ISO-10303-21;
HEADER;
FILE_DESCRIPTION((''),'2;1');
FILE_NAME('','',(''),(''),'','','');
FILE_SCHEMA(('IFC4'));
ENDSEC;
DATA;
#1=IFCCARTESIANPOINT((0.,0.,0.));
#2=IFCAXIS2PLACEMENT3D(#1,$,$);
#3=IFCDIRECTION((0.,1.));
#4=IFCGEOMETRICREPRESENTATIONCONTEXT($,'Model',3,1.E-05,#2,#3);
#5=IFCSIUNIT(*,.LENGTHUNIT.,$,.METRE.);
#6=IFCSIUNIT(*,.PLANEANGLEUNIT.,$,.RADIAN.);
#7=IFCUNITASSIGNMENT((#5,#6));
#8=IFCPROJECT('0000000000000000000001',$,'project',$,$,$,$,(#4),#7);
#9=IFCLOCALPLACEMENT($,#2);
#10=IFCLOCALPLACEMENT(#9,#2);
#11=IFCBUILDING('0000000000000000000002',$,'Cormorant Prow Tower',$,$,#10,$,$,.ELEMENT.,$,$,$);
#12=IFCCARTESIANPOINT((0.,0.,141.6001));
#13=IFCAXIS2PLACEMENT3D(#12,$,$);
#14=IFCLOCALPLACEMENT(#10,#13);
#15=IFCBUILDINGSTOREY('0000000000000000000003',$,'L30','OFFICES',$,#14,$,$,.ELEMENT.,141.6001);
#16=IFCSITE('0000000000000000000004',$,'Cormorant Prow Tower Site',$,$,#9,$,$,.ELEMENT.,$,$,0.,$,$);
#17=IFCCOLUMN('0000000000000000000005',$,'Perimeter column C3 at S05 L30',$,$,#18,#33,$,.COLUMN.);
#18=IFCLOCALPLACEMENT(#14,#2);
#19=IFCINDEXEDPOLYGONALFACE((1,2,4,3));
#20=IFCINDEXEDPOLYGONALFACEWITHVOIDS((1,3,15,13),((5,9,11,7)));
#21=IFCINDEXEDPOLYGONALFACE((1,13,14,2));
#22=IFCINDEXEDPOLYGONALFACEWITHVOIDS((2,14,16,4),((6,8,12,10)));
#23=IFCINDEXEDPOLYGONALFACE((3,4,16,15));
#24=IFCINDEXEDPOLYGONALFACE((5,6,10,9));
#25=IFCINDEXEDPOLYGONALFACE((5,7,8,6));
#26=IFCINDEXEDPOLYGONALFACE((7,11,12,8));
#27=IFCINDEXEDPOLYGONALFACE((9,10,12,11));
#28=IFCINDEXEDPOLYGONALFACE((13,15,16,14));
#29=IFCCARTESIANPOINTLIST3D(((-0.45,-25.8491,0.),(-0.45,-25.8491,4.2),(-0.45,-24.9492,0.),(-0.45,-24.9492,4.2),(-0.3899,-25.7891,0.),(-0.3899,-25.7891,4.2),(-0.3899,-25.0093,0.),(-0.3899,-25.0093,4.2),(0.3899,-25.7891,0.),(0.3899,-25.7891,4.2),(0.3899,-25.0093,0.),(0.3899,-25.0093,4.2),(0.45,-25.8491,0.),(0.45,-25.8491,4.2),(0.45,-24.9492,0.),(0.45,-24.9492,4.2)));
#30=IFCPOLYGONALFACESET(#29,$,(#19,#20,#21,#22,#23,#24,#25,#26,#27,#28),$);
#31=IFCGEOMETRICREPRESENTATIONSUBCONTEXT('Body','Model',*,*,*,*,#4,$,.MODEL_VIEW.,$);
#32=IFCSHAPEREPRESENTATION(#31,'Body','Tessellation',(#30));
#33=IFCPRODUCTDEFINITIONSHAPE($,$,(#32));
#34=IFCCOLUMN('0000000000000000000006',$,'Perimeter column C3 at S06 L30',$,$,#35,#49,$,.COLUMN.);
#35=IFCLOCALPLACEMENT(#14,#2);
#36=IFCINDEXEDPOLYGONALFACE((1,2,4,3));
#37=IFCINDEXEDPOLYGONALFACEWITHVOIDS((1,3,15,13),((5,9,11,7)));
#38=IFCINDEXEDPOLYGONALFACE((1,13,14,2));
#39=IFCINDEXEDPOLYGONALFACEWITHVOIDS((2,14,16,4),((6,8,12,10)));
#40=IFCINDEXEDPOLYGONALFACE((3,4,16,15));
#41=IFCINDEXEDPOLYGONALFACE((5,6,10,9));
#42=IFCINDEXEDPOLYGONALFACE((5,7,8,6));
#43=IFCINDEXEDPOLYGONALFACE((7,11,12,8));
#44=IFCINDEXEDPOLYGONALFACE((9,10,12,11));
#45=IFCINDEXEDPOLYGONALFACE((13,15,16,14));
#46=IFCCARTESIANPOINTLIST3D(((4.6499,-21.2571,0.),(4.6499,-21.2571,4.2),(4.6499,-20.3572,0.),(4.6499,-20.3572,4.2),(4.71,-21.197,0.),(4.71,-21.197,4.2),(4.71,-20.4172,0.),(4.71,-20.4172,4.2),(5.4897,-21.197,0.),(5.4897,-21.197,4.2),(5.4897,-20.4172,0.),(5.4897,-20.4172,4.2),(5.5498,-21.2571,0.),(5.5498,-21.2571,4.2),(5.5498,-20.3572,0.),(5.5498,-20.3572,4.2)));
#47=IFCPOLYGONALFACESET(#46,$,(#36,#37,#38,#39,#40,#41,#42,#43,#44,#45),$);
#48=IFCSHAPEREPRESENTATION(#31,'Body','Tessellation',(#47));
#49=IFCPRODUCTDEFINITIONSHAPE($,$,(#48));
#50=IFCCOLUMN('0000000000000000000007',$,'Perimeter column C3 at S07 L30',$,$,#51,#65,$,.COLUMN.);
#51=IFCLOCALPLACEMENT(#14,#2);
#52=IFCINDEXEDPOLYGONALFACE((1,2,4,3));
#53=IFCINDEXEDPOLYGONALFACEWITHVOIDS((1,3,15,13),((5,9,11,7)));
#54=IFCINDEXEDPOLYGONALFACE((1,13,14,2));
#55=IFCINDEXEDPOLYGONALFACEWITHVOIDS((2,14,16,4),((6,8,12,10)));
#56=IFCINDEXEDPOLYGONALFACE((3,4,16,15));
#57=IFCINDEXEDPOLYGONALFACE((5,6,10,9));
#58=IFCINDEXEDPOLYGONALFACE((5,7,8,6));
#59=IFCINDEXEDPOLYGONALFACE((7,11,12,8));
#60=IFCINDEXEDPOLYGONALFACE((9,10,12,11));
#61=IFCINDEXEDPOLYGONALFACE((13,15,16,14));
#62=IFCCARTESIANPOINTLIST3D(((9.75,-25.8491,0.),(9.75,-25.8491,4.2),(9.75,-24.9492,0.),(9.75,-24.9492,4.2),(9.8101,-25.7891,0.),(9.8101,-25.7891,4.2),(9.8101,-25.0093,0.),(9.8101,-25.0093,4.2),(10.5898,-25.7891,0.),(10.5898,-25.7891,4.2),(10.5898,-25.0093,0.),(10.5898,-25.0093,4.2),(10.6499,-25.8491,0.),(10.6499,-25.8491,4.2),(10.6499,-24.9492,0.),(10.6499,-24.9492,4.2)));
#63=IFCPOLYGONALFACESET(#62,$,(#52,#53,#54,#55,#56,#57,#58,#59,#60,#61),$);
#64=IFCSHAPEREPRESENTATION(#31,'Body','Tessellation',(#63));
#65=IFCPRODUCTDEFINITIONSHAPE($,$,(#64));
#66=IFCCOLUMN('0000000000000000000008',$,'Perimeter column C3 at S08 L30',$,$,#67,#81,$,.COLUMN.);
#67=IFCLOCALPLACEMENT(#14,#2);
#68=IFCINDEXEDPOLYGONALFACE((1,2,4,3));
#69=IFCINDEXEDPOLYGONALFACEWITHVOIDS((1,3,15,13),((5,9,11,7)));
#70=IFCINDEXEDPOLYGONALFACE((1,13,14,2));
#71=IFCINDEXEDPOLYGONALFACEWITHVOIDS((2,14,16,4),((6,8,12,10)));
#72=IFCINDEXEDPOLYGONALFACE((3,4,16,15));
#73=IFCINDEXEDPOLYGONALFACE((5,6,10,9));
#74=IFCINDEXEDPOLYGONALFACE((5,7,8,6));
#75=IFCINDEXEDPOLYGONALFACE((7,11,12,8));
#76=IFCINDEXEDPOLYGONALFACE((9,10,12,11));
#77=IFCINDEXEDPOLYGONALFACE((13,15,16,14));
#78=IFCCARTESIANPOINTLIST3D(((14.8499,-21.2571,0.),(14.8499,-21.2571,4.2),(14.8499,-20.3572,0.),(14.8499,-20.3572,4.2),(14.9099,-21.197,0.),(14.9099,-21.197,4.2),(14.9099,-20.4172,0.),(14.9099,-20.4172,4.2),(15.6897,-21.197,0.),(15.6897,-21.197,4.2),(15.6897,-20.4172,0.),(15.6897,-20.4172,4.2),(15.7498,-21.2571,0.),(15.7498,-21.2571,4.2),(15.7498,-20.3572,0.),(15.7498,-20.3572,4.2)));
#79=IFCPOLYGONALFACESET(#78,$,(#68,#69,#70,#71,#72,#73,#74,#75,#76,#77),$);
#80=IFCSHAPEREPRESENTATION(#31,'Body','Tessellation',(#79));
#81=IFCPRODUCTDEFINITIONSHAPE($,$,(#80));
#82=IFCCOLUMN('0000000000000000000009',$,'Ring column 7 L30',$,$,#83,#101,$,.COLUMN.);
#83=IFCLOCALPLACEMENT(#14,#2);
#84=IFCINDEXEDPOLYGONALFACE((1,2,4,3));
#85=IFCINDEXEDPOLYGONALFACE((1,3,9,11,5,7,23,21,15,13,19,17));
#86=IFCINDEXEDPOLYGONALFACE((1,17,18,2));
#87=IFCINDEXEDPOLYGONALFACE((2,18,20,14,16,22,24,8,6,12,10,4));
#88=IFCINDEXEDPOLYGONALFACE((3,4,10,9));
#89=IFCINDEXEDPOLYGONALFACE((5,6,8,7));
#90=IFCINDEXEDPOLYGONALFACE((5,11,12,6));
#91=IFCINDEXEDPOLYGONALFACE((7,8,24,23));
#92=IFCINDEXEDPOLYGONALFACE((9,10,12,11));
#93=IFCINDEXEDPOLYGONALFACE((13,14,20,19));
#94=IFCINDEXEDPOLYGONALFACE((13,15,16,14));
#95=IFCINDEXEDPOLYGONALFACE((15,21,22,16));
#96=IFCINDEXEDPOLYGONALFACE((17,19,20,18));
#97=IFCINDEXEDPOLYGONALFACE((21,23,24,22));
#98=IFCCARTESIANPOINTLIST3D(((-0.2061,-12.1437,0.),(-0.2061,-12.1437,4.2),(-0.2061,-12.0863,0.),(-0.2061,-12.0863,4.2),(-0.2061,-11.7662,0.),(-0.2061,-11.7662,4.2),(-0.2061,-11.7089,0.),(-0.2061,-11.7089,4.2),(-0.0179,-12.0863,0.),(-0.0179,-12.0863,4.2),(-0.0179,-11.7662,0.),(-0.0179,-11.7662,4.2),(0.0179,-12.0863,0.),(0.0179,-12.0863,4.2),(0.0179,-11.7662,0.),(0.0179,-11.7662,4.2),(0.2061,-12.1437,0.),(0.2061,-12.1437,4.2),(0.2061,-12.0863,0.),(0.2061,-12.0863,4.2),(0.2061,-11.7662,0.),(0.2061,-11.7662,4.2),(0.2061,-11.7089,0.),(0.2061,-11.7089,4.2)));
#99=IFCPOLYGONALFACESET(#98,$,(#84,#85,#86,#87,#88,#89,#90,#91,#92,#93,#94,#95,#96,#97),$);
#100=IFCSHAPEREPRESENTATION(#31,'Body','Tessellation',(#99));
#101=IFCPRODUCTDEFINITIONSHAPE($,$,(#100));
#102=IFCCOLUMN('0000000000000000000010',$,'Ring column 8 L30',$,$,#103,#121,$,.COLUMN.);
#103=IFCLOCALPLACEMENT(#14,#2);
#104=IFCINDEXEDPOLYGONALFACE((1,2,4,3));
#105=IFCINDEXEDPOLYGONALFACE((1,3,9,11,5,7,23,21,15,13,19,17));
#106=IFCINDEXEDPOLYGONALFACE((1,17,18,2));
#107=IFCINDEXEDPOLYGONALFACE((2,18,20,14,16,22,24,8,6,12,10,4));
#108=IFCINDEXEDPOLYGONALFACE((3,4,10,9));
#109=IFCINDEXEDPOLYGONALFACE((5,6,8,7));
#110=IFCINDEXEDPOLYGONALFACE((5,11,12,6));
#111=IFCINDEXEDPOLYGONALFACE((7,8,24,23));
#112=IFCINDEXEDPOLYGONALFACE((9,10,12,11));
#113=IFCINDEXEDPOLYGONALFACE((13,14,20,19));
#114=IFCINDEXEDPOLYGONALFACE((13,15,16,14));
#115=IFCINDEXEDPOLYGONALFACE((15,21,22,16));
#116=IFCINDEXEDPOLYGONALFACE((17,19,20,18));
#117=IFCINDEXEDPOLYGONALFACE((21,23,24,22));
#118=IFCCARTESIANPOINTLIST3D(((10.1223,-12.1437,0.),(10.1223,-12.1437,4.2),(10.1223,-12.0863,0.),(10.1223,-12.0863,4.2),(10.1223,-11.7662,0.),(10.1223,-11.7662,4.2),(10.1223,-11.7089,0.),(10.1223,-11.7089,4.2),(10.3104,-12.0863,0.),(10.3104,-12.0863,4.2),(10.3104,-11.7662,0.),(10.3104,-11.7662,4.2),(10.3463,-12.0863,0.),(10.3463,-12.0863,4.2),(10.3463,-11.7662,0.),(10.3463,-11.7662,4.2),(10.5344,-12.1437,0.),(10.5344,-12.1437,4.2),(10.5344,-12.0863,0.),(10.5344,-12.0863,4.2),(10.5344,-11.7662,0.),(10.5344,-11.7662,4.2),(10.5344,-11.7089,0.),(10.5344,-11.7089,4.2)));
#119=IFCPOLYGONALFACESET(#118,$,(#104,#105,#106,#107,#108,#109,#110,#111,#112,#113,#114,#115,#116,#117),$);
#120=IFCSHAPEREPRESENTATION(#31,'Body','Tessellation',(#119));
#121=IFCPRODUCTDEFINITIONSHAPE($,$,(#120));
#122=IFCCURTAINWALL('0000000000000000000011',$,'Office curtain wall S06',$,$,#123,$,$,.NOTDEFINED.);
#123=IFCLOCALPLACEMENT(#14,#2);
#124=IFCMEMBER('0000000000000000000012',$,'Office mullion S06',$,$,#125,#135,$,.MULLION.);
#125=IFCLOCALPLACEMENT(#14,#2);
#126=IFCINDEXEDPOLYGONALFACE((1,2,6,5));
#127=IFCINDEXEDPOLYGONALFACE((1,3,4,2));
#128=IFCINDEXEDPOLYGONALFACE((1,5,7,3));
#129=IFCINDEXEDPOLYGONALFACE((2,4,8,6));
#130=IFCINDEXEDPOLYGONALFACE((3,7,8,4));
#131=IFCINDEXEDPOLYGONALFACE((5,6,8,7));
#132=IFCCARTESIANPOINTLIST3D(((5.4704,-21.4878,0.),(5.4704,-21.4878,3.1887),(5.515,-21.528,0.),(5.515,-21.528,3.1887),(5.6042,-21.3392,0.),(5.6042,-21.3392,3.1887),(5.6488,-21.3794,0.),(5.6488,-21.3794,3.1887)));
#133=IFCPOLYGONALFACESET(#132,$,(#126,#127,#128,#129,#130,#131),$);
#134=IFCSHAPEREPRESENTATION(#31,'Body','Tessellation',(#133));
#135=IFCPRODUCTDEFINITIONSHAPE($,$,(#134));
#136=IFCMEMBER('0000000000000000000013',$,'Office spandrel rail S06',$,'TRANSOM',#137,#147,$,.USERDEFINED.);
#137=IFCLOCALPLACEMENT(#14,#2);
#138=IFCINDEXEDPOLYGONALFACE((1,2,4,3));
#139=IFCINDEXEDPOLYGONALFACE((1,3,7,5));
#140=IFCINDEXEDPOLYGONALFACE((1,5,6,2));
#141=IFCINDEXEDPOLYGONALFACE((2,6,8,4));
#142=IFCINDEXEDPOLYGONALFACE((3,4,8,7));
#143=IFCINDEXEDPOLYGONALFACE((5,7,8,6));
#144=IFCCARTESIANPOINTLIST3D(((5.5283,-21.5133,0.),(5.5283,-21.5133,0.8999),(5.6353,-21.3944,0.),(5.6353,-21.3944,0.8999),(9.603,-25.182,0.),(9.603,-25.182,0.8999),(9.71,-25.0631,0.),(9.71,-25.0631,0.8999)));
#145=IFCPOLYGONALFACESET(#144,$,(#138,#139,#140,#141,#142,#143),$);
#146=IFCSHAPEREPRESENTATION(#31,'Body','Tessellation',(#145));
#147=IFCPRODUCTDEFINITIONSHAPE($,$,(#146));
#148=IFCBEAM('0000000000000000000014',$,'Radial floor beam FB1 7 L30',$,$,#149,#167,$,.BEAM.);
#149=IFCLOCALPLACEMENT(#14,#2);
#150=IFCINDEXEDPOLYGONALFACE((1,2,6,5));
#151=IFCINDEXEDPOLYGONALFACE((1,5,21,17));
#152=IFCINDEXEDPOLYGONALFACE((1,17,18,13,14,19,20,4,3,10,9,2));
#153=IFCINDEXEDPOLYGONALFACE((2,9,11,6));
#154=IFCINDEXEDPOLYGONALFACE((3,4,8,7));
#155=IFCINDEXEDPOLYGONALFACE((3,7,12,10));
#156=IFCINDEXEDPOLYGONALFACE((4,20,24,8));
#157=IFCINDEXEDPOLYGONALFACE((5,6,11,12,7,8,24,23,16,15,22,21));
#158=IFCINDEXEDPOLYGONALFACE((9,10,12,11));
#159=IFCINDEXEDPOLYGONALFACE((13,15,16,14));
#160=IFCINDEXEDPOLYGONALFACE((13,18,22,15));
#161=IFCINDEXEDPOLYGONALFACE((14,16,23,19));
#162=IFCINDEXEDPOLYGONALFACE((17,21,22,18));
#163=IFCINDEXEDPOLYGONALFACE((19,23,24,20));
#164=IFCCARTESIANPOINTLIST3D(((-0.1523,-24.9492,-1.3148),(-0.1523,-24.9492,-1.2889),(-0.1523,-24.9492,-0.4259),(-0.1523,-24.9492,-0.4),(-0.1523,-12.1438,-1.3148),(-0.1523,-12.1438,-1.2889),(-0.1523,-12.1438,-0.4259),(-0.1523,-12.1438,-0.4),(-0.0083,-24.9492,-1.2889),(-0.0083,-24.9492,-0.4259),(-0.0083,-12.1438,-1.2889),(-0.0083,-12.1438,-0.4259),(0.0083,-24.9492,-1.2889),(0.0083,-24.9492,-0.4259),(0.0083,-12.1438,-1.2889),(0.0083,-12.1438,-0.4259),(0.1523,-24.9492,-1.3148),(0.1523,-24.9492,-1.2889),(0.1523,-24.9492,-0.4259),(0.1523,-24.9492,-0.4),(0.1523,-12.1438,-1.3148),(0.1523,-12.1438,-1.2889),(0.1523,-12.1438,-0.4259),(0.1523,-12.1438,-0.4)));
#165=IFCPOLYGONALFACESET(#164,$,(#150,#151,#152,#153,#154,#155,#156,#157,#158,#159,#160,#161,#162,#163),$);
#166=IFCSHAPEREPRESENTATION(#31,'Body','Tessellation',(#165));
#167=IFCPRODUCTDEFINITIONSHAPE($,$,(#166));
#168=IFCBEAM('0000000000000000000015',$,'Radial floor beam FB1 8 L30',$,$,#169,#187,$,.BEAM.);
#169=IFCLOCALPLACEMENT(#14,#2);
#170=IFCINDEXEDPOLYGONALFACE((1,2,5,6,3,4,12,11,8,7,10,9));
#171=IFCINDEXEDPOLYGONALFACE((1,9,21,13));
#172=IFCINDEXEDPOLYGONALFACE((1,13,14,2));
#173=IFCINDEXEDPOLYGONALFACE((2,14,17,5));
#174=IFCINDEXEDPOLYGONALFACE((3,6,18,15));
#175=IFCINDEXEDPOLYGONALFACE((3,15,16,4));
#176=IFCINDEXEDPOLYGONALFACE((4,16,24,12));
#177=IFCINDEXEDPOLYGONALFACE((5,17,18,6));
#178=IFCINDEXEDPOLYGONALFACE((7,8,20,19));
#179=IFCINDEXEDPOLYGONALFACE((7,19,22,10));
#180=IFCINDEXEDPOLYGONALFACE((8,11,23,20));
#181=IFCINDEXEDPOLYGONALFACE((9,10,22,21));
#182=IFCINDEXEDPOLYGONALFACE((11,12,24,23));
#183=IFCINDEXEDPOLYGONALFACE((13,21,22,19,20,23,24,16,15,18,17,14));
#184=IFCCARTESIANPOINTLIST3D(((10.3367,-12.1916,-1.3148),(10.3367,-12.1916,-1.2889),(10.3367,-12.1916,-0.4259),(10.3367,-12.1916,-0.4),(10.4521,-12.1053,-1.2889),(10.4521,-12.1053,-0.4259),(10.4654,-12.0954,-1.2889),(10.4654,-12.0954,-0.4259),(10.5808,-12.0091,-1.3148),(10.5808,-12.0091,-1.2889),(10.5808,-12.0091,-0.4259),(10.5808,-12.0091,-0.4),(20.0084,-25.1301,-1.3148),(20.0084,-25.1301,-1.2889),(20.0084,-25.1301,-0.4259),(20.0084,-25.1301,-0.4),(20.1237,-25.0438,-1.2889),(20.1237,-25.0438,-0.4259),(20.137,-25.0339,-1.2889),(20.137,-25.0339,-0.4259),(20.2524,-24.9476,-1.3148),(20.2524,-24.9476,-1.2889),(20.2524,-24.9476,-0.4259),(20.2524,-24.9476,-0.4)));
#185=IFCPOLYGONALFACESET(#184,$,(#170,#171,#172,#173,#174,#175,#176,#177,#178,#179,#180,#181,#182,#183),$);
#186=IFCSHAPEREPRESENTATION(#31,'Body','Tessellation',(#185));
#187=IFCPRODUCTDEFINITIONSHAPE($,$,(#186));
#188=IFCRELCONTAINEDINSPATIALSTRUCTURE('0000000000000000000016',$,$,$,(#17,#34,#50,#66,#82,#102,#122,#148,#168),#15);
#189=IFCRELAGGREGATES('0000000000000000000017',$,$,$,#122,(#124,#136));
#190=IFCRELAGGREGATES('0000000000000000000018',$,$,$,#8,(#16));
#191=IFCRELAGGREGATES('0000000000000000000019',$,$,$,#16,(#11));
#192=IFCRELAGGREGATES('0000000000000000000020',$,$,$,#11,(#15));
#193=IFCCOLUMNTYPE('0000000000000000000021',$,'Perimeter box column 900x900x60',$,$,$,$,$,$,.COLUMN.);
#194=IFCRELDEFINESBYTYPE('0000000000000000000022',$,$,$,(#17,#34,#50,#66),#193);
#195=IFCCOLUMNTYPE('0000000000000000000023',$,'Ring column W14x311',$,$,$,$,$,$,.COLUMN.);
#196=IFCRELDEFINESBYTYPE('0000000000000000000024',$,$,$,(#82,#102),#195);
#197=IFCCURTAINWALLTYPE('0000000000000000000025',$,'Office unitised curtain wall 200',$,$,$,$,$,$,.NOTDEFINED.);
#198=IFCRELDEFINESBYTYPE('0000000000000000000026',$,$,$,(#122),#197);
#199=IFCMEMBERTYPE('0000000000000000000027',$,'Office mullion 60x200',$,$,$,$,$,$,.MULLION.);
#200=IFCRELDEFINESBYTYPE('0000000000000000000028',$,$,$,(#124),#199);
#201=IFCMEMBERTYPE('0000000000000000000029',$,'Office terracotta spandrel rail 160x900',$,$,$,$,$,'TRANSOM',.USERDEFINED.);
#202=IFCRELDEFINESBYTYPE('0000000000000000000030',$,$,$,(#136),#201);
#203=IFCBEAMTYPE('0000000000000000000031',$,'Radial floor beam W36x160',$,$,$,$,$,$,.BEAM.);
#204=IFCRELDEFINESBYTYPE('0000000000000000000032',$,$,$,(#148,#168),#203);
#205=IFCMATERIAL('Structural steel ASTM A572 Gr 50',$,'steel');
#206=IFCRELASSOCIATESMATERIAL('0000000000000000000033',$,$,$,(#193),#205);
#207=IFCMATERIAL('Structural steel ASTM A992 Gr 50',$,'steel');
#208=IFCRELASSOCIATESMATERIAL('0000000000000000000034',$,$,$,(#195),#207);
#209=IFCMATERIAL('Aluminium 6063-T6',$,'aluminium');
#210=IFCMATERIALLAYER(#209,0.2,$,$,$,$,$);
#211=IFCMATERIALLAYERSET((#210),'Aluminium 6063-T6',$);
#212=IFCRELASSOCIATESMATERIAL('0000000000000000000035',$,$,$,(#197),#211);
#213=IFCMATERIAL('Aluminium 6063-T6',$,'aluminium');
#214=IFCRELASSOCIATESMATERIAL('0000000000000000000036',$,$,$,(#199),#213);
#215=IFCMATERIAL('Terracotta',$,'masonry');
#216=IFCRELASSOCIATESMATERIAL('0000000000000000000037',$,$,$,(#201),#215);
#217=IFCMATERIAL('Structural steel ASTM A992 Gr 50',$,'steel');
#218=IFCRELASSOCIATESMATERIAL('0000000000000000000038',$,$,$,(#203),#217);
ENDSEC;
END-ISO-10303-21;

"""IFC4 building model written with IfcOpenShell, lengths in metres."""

from ifc_helpers import new_model, si_unit, direction, frame, origin, origin_2d, place, context, subcontext, project, spatial, rectangle, hollow_rectangle, i_section, extrude, material, layer, layer_set, material_profile, profile_set, type_object, element, aggregate, save


model = new_model("IFC4")

# Units and contexts
model_context = context("Model", 3, precision=1e-05, world=origin(), true_north=direction((0.0, 1.0)))
body_context = subcontext(model_context, "Body", "Model", "MODEL_VIEW")
ifc_project = project(units=[si_unit("LENGTHUNIT", "METRE"), si_unit("PLANEANGLEUNIT", "RADIAN")], contexts=[model_context])

# Site, building, storey
site_placement = place(None, origin())
site = spatial("IfcSite", under=ifc_project, at=site_placement, Name="Cormorant Prow Tower Site", CompositionType="ELEMENT", RefElevation=0.0)
building_placement = place(site_placement, origin())
building = spatial("IfcBuilding", under=site, at=building_placement, Name="Cormorant Prow Tower", CompositionType="ELEMENT")
storey_placement = place(building_placement, frame((0.0, 0.0, 141.6001)))
storey = spatial("IfcBuildingStorey", under=building, at=storey_placement, Name="L30", Description="OFFICES", CompositionType="ELEMENT", Elevation=141.6001)

# Columns
ifc_material_1 = material(Name="Structural steel ASTM A572 Gr 50", Category="steel")
ifc_material_profile_1 = material_profile(ifc_material_1, hollow_rectangle(XDim=0.8999, YDim=0.8999, WallThickness=0.0601, at=origin_2d()), Name="Box 900x900x60")
ifc_profile_set_1 = profile_set([ifc_material_profile_1], Name="Structural steel ASTM A572 Gr 50")
column_type_1 = type_object("IfcColumnType", Name="Perimeter box column 900x900x60", PredefinedType="COLUMN", material=ifc_profile_set_1)
for number, where, z_axis, x_axis, name in (
    (1, (0.0, -25.3992, 0.0), (0.0, 0.0, 1.0), (1.0, 0.0, 0.0), "Perimeter column C3 at S05 L30"),
    (2, (5.0999, -20.8071, 0.0), (0.0, 0.0, 1.0), (1.0, 0.0, 0.0), "Perimeter column C3 at S06 L30"),
    (3, (10.2, -25.3992, 0.0), (0.0, 0.0, 1.0), (1.0, 0.0, 0.0), "Perimeter column C3 at S07 L30"),
    (4, (15.2998, -20.8071, 0.0), (0.0, 0.0, 1.0), (1.0, 0.0, 0.0), "Perimeter column C3 at S08 L30"),
):
    element("IfcColumn", number, at=place(storey_placement, frame(where, z_axis=z_axis, x_axis=x_axis)), inside=storey, type_object=column_type_1, Name=name, PredefinedType="COLUMN", context=body_context, shape_type="SweptSolid", body=[
        extrude(hollow_rectangle(XDim=0.8999, YDim=0.8999, WallThickness=0.0601, at=origin_2d()), origin(), (0.0, 0.0, 1.0), 4.2),
    ])
ifc_material_2 = material(Name="Structural steel ASTM A992 Gr 50", Category="steel")
ifc_material_profile_2 = material_profile(ifc_material_2, i_section(OverallWidth=0.4121, OverallDepth=0.4348, WebThickness=0.0359, FlangeThickness=0.0574, at=origin_2d()), Name="W14x311")
ifc_profile_set_2 = profile_set([ifc_material_profile_2], Name="Structural steel ASTM A992 Gr 50")
column_type_2 = type_object("IfcColumnType", Name="Ring column W14x311", PredefinedType="COLUMN", material=ifc_profile_set_2)
for number, where, z_axis, x_axis, name in (
    (5, (0.0, -11.9263, 0.0), (0.0, 0.0, 1.0), (1.0, 0.0, 0.0), "Ring column 7 L30"),
    (6, (10.3284, -11.9263, 0.0), (0.0, 0.0, 1.0), (1.0, 0.0, 0.0), "Ring column 8 L30"),
):
    element("IfcColumn", number, at=place(storey_placement, frame(where, z_axis=z_axis, x_axis=x_axis)), inside=storey, type_object=column_type_2, Name=name, PredefinedType="COLUMN", context=body_context, shape_type="SweptSolid", body=[
        extrude(i_section(OverallWidth=0.4121, OverallDepth=0.4348, WebThickness=0.0359, FlangeThickness=0.0574, at=origin_2d()), origin(), (0.0, 0.0, 1.0), 4.2),
    ])

# Curtain wall, members
ifc_material_3 = material(Name="Aluminium 6063-T6", Category="aluminium")
ifc_layer_1 = layer(ifc_material_3, 0.2)
ifc_layer_set_1 = layer_set([ifc_layer_1], Name="Aluminium 6063-T6")
curtain_wall_type = type_object("IfcCurtainWallType", Name="Office unitised curtain wall 200", PredefinedType="NOTDEFINED", material=ifc_layer_set_1)
curtain_wall_placement = place(storey_placement, origin())
curtain_wall = element("IfcCurtainWall", 7, at=curtain_wall_placement, inside=storey, type_object=curtain_wall_type, Name="Office curtain wall S06", PredefinedType="NOTDEFINED")
ifc_material_4 = material(Name="Aluminium 6063-T6", Category="aluminium")
ifc_material_profile_3 = material_profile(ifc_material_4, rectangle(XDim=0.2, YDim=0.0601, at=origin_2d()), Name="Office mullion 60x200")
ifc_profile_set_3 = profile_set([ifc_material_profile_3], Name="Aluminium 6063-T6")
member_type_1 = type_object("IfcMemberType", Name="Office mullion 60x200", PredefinedType="MULLION", material=ifc_profile_set_3)
member_1_placement = place(storey_placement, frame((5.5596, -21.4336, 0.0), z_axis=(0.0, 0.0, 1.0), x_axis=(0.669131, 0.743145, 0.0)))
member_1 = element("IfcMember", 8, at=member_1_placement, type_object=member_type_1, Name="Office mullion S06", PredefinedType="MULLION", context=body_context, shape_type="SweptSolid", body=[
    extrude(rectangle(XDim=0.2, YDim=0.0601, at=origin_2d()), origin(), (0.0, 0.0, 1.0), 3.1887),
])
ifc_material_5 = material(Name="Terracotta", Category="masonry")
ifc_material_profile_4 = material_profile(ifc_material_5, rectangle(XDim=0.1599, YDim=0.8999, at=origin_2d()), Name="Office terracotta spandrel rail 160x900")
ifc_profile_set_4 = profile_set([ifc_material_profile_4], Name="Terracotta")
member_type_2 = type_object("IfcMemberType", Name="Office terracotta spandrel rail 160x900", ElementType="TRANSOM", PredefinedType="USERDEFINED", material=ifc_profile_set_4)
member_2_placement = place(storey_placement, frame((5.5818, -21.4539, 0.45), z_axis=(0.743161, -0.669112, 0.0), x_axis=(0.669112, 0.743161, 0.0)))
member_2 = element("IfcMember", 9, at=member_2_placement, type_object=member_type_2, Name="Office spandrel rail S06", ObjectType="TRANSOM", PredefinedType="USERDEFINED", context=body_context, shape_type="SweptSolid", body=[
    extrude(rectangle(XDim=0.1599, YDim=0.8999, at=origin_2d()), origin(), (0.0, 0.0, 1.0), 5.4829),
])

# Beams
ifc_material_6 = material(Name="Structural steel ASTM A992 Gr 50", Category="steel")
ifc_material_profile_5 = material_profile(ifc_material_6, i_section(OverallWidth=0.3047, OverallDepth=0.9148, WebThickness=0.0166, FlangeThickness=0.0259, at=origin_2d()), Name="W36x160")
ifc_profile_set_5 = profile_set([ifc_material_profile_5], Name="Structural steel ASTM A992 Gr 50")
beam_type_1 = type_object("IfcBeamType", Name="Radial floor beam W36x160", PredefinedType="BEAM", material=ifc_profile_set_5)
beam_1_placement = place(storey_placement, frame((0.0, -12.1438, -0.8574), z_axis=(0.0, -1.0, 0.0), x_axis=(1.0, 0.0, 0.0)))
element("IfcBeam", 10, at=beam_1_placement, inside=storey, type_object=beam_type_1, Name="Radial floor beam FB1 7 L30", PredefinedType="BEAM", context=body_context, shape_type="SweptSolid", body=[
    extrude(i_section(OverallWidth=0.3047, OverallDepth=0.9148, WebThickness=0.0166, FlangeThickness=0.0259, at=origin_2d()), origin(), (0.0, 0.0, 1.0), 12.8054),
])
beam_2_placement = place(storey_placement, frame((10.4587, -12.1003, -0.8574), z_axis=(0.598722, -0.800957, 0.0), x_axis=(0.800957, 0.598722, 0.0)))
element("IfcBeam", 11, at=beam_2_placement, inside=storey, type_object=beam_type_1, Name="Radial floor beam FB1 8 L30", PredefinedType="BEAM", context=body_context, shape_type="SweptSolid", body=[
    extrude(i_section(OverallWidth=0.3047, OverallDepth=0.9148, WebThickness=0.0166, FlangeThickness=0.0259, at=origin_2d()), origin(), (0.0, 0.0, 1.0), 16.1538),
])

aggregate(curtain_wall, [member_1, member_2])

save(model, "model.ifc")
